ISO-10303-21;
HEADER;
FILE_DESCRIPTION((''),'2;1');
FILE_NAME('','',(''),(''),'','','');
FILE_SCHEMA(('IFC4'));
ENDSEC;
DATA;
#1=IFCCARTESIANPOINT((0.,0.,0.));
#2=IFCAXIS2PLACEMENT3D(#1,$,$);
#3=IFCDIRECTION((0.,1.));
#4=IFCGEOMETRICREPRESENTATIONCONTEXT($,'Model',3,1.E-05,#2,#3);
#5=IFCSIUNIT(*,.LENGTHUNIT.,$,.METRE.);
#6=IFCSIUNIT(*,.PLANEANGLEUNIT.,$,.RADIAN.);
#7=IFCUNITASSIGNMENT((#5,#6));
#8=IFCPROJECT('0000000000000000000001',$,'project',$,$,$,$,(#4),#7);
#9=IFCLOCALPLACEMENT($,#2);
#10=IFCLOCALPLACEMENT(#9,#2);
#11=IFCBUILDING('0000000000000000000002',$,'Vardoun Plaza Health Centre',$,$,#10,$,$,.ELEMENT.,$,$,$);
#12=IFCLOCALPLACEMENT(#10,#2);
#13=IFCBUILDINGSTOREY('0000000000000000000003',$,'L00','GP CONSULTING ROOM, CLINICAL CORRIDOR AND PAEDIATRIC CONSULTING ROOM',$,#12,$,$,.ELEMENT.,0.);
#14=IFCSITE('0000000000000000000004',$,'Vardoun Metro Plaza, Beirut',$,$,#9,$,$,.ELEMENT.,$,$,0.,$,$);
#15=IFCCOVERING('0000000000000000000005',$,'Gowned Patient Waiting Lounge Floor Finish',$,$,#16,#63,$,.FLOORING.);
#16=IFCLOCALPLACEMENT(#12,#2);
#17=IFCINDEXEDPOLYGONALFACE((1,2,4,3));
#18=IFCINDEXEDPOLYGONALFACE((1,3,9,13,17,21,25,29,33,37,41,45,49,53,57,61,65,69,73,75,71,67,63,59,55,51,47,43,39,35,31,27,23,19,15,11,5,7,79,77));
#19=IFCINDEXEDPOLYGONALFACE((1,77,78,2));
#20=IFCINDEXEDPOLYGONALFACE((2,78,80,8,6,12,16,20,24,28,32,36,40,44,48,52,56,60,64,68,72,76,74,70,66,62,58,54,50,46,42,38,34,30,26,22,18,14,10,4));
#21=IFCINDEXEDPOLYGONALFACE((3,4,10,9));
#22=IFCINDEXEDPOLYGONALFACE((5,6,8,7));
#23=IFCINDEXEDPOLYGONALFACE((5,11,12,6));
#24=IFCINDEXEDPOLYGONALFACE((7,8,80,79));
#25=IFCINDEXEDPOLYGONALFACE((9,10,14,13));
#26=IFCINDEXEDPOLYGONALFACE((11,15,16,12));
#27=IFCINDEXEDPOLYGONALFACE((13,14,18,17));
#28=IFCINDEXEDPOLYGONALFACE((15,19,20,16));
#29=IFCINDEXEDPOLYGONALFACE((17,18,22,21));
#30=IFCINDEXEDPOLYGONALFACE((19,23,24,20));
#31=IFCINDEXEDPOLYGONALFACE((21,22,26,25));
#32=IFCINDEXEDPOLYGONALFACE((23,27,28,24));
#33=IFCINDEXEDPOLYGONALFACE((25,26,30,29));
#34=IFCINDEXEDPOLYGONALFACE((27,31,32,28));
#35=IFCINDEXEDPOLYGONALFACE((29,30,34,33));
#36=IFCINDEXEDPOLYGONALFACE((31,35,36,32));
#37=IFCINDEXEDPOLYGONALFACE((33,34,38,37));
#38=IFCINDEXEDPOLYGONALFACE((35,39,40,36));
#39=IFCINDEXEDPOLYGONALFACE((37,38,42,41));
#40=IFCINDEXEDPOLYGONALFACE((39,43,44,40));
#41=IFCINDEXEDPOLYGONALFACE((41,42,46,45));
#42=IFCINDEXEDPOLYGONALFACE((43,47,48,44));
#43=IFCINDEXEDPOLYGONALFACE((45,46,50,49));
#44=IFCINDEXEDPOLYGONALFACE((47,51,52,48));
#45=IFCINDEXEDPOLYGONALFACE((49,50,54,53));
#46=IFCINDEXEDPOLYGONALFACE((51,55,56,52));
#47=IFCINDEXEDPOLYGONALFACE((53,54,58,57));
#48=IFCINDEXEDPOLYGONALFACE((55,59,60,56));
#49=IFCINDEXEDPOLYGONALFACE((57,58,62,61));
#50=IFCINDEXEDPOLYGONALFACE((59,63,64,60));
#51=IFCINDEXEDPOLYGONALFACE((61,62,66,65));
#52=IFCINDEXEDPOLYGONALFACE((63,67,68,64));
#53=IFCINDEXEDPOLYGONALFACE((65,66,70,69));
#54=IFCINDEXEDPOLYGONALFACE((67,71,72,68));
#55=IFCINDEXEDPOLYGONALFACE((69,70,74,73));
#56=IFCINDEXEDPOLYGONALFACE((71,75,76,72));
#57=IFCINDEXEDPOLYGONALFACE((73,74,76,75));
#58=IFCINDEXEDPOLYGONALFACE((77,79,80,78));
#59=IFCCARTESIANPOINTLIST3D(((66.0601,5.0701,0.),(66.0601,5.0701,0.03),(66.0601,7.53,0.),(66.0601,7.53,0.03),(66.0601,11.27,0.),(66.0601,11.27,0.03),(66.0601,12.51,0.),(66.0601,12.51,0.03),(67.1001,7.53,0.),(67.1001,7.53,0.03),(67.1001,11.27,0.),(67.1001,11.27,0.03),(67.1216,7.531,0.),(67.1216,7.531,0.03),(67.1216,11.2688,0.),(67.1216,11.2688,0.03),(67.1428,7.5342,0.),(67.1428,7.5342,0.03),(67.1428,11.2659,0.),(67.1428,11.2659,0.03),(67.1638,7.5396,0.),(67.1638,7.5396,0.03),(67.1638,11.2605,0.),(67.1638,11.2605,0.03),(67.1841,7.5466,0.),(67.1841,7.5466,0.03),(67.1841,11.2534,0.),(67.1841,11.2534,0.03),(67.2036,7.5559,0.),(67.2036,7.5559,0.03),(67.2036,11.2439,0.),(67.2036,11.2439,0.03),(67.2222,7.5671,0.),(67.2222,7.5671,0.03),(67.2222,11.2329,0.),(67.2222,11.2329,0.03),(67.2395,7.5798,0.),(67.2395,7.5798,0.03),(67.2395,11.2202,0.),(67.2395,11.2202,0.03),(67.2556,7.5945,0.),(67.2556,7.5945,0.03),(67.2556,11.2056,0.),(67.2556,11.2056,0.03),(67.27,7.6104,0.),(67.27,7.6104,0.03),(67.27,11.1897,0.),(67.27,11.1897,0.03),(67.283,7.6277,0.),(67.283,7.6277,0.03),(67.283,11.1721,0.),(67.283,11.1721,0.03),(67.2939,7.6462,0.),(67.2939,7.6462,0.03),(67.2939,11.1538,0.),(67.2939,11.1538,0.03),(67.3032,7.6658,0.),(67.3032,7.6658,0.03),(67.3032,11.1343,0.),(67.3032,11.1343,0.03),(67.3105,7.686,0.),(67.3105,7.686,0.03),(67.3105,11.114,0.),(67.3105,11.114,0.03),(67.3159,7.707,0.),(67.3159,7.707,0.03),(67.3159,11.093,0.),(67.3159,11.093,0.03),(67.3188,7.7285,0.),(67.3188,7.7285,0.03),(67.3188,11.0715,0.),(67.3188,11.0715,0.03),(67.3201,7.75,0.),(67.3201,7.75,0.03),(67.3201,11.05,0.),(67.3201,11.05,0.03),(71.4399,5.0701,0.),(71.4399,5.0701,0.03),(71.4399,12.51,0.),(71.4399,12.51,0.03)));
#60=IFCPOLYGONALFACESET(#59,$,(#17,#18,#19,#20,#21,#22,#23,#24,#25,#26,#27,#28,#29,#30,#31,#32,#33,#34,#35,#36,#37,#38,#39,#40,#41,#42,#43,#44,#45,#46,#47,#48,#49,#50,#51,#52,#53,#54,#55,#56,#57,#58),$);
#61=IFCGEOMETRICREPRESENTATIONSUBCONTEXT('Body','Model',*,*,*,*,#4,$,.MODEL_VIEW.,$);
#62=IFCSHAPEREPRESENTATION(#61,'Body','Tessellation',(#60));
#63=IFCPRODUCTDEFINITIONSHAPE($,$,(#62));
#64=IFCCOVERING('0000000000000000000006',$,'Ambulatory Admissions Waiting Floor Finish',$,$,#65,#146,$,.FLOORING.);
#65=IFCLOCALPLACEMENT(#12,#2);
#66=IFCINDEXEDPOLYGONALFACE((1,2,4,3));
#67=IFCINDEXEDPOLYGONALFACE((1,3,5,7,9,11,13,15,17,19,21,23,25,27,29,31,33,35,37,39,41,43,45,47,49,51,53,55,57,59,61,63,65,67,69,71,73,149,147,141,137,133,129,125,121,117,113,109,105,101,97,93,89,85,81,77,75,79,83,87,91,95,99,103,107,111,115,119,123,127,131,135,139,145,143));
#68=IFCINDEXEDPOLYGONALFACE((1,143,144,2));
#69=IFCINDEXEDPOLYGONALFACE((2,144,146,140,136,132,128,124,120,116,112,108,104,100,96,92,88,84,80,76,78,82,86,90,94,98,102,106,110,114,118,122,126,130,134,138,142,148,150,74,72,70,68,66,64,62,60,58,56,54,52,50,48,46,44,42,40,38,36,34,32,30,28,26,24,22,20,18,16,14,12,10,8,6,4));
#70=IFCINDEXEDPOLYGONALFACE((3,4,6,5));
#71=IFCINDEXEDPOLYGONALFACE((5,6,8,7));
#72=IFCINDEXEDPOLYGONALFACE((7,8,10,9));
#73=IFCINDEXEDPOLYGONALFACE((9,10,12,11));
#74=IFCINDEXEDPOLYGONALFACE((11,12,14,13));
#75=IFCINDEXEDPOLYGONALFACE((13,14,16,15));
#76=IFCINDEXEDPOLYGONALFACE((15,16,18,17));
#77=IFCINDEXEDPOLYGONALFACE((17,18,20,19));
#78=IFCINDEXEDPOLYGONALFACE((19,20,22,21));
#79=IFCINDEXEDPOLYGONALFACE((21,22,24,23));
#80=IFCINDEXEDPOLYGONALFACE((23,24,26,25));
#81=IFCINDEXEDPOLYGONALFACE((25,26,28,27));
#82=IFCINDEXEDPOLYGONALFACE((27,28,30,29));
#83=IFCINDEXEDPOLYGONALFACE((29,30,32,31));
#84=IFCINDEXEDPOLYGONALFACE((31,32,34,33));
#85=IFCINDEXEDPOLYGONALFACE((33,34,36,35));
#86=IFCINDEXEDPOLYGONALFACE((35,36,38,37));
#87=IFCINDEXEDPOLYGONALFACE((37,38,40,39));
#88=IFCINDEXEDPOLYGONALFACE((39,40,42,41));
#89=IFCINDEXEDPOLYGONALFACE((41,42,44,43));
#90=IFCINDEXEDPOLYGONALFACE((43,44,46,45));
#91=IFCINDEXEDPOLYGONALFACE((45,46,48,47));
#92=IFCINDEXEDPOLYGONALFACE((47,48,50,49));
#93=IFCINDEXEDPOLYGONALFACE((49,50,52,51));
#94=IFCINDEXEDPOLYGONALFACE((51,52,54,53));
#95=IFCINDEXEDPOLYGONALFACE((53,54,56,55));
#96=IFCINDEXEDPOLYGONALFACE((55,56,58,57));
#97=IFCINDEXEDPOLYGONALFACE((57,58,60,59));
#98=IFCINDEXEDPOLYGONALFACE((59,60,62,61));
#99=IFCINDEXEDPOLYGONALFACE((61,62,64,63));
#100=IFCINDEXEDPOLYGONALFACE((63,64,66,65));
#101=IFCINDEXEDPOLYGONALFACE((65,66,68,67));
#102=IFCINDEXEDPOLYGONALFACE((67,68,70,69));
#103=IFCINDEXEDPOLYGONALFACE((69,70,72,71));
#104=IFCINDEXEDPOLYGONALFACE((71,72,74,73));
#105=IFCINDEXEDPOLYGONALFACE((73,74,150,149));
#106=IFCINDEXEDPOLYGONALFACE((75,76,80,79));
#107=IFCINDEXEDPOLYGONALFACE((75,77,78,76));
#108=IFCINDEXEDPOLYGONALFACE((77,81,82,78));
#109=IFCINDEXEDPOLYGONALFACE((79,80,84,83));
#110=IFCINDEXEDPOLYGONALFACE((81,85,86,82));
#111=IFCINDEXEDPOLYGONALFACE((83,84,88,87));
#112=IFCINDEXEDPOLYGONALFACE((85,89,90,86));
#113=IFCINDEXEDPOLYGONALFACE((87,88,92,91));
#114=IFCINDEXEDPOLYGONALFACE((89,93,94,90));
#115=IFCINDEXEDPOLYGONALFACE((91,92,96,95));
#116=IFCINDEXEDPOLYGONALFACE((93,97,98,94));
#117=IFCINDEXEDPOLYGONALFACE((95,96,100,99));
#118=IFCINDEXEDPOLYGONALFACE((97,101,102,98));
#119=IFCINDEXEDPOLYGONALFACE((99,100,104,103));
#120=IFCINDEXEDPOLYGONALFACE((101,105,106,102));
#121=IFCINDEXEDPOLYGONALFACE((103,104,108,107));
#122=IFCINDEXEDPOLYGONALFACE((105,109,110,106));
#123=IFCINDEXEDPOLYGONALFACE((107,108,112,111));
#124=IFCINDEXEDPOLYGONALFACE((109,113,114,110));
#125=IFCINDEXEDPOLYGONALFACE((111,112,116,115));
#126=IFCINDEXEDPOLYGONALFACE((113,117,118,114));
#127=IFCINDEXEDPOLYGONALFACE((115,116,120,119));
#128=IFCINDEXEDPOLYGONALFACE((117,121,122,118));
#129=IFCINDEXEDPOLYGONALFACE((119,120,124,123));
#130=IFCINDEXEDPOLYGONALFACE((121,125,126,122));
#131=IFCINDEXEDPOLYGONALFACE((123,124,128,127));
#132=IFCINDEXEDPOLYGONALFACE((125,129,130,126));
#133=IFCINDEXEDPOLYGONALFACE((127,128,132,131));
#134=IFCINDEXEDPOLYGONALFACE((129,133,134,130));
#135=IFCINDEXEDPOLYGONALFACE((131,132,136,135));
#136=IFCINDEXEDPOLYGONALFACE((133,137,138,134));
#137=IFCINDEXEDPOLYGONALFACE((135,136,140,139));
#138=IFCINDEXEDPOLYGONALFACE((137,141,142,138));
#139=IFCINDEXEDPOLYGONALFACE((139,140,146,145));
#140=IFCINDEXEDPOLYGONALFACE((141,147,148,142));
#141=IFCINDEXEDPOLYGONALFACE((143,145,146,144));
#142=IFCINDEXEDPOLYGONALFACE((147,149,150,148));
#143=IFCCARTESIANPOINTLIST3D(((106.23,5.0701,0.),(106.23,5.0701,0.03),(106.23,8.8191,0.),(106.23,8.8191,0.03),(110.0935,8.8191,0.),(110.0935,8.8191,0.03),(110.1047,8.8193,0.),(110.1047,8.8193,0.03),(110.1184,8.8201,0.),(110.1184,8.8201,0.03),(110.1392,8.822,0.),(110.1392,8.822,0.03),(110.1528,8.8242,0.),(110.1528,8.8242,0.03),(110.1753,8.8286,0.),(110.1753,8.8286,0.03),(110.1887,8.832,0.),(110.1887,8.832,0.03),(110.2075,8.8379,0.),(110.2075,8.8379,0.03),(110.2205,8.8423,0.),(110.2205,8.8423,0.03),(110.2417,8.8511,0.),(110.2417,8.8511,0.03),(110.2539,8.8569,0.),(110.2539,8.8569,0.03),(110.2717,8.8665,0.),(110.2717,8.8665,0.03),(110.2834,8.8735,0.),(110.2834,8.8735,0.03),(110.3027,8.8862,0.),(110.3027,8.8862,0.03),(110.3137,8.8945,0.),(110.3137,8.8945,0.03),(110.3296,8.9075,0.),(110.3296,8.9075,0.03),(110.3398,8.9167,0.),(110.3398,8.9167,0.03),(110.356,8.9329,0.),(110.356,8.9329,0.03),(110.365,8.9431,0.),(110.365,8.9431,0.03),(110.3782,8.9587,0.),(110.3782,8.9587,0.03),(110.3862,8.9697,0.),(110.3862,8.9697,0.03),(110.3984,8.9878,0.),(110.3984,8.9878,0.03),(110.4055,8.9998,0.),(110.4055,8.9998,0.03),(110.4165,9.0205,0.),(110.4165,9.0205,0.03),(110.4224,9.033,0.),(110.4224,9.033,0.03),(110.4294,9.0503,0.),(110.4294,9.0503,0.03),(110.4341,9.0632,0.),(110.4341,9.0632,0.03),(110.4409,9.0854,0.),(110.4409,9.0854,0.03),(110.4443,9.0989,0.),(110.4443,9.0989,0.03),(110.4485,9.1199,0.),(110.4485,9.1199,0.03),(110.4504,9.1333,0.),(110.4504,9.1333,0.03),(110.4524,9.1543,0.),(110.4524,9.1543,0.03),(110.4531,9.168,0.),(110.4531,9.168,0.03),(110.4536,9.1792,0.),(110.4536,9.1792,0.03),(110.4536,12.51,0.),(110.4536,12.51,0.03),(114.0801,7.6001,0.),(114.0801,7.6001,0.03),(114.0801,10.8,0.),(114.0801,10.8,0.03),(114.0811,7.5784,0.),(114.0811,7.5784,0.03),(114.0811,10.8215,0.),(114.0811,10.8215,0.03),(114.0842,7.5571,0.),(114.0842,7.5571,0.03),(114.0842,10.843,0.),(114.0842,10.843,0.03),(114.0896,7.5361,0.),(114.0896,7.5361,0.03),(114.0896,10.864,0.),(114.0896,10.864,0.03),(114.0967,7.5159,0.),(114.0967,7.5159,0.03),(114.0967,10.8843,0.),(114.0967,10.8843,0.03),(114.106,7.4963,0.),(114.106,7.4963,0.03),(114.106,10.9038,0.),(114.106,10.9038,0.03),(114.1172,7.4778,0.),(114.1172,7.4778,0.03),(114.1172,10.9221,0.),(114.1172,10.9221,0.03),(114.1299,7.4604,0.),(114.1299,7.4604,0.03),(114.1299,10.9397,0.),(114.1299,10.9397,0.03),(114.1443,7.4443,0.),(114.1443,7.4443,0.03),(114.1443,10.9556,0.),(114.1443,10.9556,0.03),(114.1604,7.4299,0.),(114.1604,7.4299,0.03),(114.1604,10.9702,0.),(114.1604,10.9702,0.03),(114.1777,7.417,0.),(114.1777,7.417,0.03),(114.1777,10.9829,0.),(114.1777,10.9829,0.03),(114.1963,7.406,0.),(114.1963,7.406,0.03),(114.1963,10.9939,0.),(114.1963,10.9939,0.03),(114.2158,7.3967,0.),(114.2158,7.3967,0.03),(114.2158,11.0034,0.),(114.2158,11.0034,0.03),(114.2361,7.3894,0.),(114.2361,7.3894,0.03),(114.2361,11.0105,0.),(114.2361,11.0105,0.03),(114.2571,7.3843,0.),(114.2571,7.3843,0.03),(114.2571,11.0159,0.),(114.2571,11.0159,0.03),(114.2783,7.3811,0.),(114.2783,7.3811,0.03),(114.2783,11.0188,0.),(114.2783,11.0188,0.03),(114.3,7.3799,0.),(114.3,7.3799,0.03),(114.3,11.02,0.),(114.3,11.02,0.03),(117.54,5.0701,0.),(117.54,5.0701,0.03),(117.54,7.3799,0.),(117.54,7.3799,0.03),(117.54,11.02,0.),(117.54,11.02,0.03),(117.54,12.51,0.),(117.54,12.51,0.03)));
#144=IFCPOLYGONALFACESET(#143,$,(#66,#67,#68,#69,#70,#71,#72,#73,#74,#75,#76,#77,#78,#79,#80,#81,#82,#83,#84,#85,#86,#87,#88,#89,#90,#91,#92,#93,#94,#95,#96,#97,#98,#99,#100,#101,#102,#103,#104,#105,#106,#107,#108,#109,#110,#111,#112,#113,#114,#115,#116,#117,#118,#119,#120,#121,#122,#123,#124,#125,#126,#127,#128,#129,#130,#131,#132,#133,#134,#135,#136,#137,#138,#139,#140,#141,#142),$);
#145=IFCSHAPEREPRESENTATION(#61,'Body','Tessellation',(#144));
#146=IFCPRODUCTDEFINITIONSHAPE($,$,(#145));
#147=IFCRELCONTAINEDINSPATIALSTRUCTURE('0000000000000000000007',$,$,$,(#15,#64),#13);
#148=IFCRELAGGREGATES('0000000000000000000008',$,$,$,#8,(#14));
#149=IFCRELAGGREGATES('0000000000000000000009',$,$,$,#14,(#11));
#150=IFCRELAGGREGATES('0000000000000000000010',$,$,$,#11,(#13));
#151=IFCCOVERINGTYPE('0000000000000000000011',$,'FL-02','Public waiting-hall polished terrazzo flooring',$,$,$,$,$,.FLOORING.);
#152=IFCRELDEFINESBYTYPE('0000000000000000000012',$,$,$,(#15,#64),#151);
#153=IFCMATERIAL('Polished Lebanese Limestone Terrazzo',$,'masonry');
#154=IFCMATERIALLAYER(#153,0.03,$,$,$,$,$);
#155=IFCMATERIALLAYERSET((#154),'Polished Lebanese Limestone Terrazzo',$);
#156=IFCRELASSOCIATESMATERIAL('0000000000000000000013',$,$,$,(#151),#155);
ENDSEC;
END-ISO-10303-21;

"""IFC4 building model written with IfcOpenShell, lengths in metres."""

from ifc_helpers import new_model, si_unit, direction, origin, place, context, subcontext, project, spatial, polyline, outline, extrude, material, layer, layer_set, type_object, element, save


model = new_model("IFC4")

# Units and contexts
model_context = context("Model", 3, precision=1e-05, world=origin(), true_north=direction((0.0, 1.0)))
body_context = subcontext(model_context, "Body", "Model", "MODEL_VIEW")
ifc_project = project(units=[si_unit("LENGTHUNIT", "METRE"), si_unit("PLANEANGLEUNIT", "RADIAN")], contexts=[model_context])

# Site, building, storey
site_placement = place(None, origin())
site = spatial("IfcSite", under=ifc_project, at=site_placement, Name="Vardoun Metro Plaza, Beirut", CompositionType="ELEMENT", RefElevation=0.0)
building_placement = place(site_placement, origin())
building = spatial("IfcBuilding", under=site, at=building_placement, Name="Vardoun Plaza Health Centre", CompositionType="ELEMENT")
storey_placement = place(building_placement, origin())
storey = spatial("IfcBuildingStorey", under=building, at=storey_placement, Name="L00", Description="GP CONSULTING ROOM, CLINICAL CORRIDOR AND PAEDIATRIC CONSULTING ROOM", CompositionType="ELEMENT", Elevation=0.0)

# Coverings
ifc_material_1 = material(Name="Polished Lebanese Limestone Terrazzo", Category="masonry")
ifc_layer_1 = layer(ifc_material_1, 0.03)
ifc_layer_set_1 = layer_set([ifc_layer_1], Name="Polished Lebanese Limestone Terrazzo")
covering_type_1 = type_object("IfcCoveringType", Name="FL-02", Description="Public waiting-hall polished terrazzo flooring", PredefinedType="FLOORING", material=ifc_layer_set_1)
covering_1_placement = place(storey_placement, origin())
element("IfcCovering", 1, at=covering_1_placement, inside=storey, type_object=covering_type_1, Name="Gowned Patient Waiting Lounge Floor Finish", PredefinedType="FLOORING", context=body_context, shape_type="SweptSolid", body=[
    extrude(outline(polyline([(71.4399, 5.0701), (66.0601, 5.0701), (66.0601, 7.53), (67.1001, 7.53), (67.1216, 7.531), (67.1428, 7.5342), (67.1638, 7.5396), (67.1841, 7.5466), (67.2036, 7.5559), (67.2222, 7.5671), (67.2395, 7.5798), (67.2556, 7.5945), (67.27, 7.6104), (67.283, 7.6277), (67.2939, 7.6462), (67.3032, 7.6658), (67.3105, 7.686), (67.3159, 7.707), (67.3188, 7.7285), (67.3201, 7.75), (67.3201, 11.05), (67.3188, 11.0715), (67.3159, 11.093), (67.3105, 11.114), (67.3032, 11.1343), (67.2939, 11.1538), (67.283, 11.1721), (67.27, 11.1897), (67.2556, 11.2056), (67.2395, 11.2202), (67.2222, 11.2329), (67.2036, 11.2439), (67.1841, 11.2534), (67.1638, 11.2605), (67.1428, 11.2659), (67.1216, 11.2688), (67.1001, 11.27), (66.0601, 11.27), (66.0601, 12.51), (71.4399, 12.51), (71.4399, 5.0701)])), origin(), (0.0, 0.0, 1.0), 0.03),
])
covering_2_placement = place(storey_placement, origin())
element("IfcCovering", 2, at=covering_2_placement, inside=storey, type_object=covering_type_1, Name="Ambulatory Admissions Waiting Floor Finish", PredefinedType="FLOORING", context=body_context, shape_type="SweptSolid", body=[
    extrude(outline(polyline([(117.54, 11.02), (114.3, 11.02), (114.2783, 11.0188), (114.2571, 11.0159), (114.2361, 11.0105), (114.2158, 11.0034), (114.1963, 10.9939), (114.1777, 10.9829), (114.1604, 10.9702), (114.1443, 10.9556), (114.1299, 10.9397), (114.1172, 10.9221), (114.106, 10.9038), (114.0967, 10.8843), (114.0896, 10.864), (114.0842, 10.843), (114.0811, 10.8215), (114.0801, 10.8), (114.0801, 7.6001), (114.0811, 7.5784), (114.0842, 7.5571), (114.0896, 7.5361), (114.0967, 7.5159), (114.106, 7.4963), (114.1172, 7.4778), (114.1299, 7.4604), (114.1443, 7.4443), (114.1604, 7.4299), (114.1777, 7.417), (114.1963, 7.406), (114.2158, 7.3967), (114.2361, 7.3894), (114.2571, 7.3843), (114.2783, 7.3811), (114.3, 7.3799), (117.54, 7.3799), (117.54, 5.0701), (106.23, 5.0701), (106.23, 8.8191), (110.0935, 8.8191), (110.1047, 8.8193), (110.1184, 8.8201), (110.1392, 8.822), (110.1528, 8.8242), (110.1753, 8.8286), (110.1887, 8.832), (110.2075, 8.8379), (110.2205, 8.8423), (110.2417, 8.8511), (110.2539, 8.8569), (110.2717, 8.8665), (110.2834, 8.8735), (110.3027, 8.8862), (110.3137, 8.8945), (110.3296, 8.9075), (110.3398, 8.9167), (110.356, 8.9329), (110.365, 8.9431), (110.3782, 8.9587), (110.3862, 8.9697), (110.3984, 8.9878), (110.4055, 8.9998), (110.4165, 9.0205), (110.4224, 9.033), (110.4294, 9.0503), (110.4341, 9.0632), (110.4409, 9.0854), (110.4443, 9.0989), (110.4485, 9.1199), (110.4504, 9.1333), (110.4524, 9.1543), (110.4531, 9.168), (110.4536, 9.1792), (110.4536, 12.51), (117.54, 12.51), (117.54, 11.02)])), origin(), (0.0, 0.0, 1.0), 0.03),
])

save(model, "model.ifc")
